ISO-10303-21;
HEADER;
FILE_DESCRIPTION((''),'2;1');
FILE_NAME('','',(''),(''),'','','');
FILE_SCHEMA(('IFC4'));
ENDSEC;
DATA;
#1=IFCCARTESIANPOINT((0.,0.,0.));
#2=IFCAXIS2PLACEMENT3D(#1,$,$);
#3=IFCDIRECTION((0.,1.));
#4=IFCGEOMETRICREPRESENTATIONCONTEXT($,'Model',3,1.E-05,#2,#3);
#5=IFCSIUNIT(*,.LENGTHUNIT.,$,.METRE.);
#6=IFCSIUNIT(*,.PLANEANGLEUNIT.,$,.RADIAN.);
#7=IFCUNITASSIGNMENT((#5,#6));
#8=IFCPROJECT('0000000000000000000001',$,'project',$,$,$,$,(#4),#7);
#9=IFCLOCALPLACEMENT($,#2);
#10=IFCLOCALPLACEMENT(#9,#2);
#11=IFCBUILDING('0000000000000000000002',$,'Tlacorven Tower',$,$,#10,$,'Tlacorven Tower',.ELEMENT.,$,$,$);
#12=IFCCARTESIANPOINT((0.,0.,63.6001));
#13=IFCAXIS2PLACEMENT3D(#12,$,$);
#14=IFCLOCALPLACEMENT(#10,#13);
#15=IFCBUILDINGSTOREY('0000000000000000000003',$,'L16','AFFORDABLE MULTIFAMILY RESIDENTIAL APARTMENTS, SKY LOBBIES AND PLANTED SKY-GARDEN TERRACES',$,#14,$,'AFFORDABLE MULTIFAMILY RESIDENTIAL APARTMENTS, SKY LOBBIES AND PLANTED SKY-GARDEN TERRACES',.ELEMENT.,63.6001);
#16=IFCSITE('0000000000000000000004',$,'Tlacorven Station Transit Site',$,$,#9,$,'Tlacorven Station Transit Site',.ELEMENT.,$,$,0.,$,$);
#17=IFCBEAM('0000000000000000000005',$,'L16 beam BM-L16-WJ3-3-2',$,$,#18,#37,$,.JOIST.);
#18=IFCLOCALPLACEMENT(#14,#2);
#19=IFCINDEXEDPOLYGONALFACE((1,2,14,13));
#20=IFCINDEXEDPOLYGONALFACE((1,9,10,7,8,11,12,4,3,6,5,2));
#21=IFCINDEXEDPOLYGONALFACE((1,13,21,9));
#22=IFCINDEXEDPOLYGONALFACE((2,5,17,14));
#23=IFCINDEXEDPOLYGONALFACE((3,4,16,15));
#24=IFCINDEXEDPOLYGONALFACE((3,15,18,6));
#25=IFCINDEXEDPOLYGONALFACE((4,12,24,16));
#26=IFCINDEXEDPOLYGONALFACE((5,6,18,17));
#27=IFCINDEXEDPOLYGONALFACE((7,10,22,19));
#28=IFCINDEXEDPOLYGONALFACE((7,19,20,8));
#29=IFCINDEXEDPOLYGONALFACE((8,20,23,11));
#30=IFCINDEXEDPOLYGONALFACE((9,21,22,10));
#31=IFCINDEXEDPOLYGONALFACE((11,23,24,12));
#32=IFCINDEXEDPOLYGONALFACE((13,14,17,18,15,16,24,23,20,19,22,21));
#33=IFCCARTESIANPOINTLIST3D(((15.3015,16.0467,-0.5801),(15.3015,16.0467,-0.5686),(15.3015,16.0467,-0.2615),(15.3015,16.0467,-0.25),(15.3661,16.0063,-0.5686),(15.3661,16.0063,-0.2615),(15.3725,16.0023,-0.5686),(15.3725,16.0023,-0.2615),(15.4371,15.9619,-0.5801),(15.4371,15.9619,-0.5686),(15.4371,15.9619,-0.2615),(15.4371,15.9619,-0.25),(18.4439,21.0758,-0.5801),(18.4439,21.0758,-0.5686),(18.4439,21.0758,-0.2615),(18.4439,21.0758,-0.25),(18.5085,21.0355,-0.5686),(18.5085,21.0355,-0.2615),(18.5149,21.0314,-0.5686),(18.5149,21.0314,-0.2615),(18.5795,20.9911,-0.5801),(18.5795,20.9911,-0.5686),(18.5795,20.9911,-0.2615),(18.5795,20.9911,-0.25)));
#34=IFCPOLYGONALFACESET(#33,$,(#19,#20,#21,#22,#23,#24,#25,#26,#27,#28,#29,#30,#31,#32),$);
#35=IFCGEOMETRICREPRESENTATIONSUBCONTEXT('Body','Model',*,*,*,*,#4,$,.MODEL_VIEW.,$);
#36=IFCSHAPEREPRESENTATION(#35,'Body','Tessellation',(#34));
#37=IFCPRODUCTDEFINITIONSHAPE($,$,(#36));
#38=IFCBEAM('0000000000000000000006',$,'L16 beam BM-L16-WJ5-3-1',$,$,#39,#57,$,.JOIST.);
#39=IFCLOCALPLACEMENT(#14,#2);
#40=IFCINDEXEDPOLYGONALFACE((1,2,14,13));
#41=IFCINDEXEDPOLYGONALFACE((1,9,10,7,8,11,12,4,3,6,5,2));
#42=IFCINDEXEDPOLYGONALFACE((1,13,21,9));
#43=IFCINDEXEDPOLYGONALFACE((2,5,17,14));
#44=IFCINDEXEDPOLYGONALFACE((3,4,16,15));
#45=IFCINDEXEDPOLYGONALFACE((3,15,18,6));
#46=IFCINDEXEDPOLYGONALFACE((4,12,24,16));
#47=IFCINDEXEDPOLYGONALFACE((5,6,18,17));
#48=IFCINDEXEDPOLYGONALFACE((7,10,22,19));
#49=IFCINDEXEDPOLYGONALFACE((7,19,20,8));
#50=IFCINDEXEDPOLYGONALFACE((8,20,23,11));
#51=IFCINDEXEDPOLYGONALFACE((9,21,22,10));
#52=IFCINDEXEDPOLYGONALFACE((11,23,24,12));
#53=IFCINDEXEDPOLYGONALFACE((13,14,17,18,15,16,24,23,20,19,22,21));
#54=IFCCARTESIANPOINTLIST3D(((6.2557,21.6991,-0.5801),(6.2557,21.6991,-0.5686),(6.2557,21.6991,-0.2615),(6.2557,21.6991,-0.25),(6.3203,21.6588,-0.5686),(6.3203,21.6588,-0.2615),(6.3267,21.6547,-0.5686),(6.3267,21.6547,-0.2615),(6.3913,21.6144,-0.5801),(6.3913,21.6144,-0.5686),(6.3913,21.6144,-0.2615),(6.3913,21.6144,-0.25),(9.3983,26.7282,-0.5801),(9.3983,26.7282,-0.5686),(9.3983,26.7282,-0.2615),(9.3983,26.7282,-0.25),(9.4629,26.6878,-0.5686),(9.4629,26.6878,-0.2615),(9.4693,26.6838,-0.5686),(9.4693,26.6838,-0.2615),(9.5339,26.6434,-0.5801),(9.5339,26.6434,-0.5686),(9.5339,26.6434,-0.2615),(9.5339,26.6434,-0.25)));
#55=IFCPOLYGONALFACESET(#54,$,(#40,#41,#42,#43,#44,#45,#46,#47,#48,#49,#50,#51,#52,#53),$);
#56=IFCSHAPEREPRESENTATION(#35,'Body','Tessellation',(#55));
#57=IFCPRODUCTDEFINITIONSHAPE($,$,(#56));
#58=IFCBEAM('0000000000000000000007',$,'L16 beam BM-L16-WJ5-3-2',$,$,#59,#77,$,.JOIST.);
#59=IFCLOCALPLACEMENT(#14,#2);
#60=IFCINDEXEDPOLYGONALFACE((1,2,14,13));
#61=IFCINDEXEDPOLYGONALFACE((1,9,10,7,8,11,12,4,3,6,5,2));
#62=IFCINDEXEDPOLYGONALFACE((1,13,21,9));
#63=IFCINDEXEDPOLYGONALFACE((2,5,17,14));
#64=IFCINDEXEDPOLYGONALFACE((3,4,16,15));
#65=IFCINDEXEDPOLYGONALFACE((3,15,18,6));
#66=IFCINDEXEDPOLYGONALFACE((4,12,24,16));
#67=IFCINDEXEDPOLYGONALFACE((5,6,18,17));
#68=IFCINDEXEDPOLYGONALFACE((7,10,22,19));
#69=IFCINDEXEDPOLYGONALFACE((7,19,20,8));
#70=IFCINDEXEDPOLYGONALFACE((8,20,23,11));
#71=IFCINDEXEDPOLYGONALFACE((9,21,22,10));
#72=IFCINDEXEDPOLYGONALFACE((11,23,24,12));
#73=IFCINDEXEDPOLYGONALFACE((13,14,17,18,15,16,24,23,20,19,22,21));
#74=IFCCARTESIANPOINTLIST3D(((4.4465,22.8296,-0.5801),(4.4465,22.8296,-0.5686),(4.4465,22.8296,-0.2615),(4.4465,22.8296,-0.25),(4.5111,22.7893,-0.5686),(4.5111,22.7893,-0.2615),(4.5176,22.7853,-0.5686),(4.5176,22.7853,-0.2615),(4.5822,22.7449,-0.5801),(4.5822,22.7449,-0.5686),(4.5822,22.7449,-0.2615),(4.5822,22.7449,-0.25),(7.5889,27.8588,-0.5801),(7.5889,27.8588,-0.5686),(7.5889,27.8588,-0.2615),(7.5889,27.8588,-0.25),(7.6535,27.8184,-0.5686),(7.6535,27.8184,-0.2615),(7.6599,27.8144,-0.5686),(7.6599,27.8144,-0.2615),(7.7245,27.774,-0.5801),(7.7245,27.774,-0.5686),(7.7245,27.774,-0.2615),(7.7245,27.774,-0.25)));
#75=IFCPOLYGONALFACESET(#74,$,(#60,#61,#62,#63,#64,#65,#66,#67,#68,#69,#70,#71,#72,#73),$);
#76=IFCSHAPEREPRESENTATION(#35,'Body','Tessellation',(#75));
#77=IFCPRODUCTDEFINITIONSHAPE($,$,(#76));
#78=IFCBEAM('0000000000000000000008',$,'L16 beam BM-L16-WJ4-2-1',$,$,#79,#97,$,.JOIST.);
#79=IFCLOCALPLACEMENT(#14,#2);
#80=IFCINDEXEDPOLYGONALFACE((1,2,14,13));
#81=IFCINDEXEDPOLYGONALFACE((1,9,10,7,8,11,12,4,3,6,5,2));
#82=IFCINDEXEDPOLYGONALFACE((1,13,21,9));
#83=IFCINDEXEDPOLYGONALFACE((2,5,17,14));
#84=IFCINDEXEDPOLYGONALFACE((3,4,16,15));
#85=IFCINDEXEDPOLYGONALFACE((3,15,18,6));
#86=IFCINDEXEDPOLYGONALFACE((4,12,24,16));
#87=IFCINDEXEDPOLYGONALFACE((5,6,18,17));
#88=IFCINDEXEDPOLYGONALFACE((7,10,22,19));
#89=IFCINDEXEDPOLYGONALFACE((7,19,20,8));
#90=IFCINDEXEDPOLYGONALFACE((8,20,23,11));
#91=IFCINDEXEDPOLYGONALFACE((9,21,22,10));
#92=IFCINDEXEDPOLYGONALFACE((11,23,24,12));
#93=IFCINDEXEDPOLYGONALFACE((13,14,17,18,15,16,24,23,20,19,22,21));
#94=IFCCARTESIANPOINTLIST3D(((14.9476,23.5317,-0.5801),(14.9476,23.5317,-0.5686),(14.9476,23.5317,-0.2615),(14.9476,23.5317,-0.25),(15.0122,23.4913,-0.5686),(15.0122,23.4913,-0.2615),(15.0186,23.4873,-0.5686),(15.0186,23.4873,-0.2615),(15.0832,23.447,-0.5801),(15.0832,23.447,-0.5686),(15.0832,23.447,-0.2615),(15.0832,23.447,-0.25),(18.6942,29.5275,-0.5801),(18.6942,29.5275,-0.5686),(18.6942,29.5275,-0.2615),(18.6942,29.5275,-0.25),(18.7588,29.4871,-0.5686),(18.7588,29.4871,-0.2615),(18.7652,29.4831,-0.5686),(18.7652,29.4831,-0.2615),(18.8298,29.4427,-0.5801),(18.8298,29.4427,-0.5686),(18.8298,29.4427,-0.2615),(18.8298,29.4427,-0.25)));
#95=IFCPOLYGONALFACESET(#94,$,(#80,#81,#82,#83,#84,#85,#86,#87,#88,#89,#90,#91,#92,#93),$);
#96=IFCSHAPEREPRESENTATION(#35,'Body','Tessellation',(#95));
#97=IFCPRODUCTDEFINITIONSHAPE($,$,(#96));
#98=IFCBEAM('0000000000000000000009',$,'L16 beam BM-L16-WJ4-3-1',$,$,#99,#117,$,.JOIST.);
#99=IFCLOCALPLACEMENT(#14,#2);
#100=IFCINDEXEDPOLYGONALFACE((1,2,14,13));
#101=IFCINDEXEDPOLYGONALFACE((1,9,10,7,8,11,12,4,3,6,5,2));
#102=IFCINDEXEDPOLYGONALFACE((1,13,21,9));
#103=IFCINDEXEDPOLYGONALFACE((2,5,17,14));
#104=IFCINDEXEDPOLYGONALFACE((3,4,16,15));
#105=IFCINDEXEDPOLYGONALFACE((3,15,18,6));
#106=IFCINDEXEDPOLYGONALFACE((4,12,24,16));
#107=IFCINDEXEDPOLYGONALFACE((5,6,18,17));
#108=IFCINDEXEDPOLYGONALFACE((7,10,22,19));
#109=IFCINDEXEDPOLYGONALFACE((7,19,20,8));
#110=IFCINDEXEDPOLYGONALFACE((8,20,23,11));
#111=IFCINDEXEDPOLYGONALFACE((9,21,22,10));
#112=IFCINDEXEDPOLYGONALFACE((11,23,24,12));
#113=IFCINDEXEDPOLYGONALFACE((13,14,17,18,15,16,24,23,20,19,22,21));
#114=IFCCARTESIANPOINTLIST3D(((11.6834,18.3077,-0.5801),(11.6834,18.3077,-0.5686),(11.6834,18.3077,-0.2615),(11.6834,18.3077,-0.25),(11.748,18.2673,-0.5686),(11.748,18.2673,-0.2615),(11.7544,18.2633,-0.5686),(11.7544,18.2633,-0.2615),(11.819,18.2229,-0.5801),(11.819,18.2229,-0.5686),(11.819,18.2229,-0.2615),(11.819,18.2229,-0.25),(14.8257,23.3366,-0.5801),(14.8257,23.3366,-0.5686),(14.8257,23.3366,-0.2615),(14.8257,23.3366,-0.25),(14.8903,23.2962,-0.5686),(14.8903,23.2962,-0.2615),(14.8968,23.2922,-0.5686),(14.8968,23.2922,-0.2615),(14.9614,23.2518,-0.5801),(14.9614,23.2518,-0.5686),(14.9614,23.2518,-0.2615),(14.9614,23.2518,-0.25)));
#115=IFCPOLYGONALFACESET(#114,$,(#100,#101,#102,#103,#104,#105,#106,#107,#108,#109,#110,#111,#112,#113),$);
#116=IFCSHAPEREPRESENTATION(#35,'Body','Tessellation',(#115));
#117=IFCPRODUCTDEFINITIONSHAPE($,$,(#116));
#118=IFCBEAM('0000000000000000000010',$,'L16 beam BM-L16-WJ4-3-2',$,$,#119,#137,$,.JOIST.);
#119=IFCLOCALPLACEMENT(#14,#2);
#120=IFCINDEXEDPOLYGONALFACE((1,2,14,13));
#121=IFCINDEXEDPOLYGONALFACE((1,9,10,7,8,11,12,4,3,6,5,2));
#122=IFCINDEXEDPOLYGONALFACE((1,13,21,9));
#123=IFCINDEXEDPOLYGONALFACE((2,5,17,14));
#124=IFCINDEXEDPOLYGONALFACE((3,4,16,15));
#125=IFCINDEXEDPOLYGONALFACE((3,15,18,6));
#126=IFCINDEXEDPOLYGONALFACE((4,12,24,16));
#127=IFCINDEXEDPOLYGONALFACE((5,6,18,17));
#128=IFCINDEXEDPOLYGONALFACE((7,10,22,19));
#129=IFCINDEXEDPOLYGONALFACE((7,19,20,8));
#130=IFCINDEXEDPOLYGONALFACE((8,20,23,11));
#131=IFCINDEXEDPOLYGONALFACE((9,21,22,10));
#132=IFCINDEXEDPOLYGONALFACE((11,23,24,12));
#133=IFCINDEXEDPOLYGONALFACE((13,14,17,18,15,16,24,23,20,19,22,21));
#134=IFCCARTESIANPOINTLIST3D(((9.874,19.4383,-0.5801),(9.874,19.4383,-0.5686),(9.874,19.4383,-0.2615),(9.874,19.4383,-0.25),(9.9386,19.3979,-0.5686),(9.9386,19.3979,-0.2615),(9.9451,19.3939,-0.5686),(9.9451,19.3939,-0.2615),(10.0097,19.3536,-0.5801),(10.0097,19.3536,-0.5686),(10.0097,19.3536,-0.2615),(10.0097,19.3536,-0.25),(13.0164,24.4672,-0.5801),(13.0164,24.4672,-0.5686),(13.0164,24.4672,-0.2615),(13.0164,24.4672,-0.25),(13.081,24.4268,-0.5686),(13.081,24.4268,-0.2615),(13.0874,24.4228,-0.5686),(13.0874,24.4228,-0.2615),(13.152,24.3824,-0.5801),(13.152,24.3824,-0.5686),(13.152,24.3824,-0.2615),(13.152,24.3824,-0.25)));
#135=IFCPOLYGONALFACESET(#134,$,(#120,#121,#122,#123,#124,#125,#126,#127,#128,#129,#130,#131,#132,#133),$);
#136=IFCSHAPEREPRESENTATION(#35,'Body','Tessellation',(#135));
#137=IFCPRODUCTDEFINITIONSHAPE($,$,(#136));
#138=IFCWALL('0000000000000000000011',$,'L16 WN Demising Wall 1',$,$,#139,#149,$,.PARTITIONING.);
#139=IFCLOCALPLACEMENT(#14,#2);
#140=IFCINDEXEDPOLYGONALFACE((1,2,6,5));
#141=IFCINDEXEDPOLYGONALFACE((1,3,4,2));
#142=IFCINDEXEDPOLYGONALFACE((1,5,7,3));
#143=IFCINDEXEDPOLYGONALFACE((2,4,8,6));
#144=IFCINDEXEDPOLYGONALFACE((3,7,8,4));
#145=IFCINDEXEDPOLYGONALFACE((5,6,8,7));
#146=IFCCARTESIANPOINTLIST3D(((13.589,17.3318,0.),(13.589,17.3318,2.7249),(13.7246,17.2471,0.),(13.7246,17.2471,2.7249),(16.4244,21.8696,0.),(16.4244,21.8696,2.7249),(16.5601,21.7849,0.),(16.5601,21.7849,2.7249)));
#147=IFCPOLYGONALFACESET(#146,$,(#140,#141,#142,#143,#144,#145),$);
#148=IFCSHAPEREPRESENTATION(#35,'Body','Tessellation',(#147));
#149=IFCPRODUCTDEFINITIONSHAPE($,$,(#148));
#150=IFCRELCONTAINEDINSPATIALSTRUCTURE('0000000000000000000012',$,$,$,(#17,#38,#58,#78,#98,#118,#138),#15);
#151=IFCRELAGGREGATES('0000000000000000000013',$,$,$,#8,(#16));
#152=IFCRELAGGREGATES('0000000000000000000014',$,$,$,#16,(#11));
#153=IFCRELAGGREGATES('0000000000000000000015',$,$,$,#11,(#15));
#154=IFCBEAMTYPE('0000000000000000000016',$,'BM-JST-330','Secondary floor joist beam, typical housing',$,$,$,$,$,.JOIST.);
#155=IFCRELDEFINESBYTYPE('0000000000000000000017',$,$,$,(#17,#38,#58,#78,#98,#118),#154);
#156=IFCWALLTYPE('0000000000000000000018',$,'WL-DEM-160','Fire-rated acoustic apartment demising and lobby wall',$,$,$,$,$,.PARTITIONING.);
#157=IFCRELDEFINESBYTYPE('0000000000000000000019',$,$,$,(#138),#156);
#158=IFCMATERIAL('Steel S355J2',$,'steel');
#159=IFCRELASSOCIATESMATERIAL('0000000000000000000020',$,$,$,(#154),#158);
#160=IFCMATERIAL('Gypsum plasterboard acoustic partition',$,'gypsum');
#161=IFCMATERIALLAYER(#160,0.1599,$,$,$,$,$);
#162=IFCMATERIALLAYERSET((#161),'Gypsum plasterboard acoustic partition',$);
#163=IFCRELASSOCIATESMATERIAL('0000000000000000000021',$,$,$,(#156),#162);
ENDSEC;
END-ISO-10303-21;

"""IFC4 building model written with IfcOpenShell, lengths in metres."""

from ifc_helpers import new_model, si_unit, direction, frame, frame_2d, origin, origin_2d, place, context, subcontext, project, spatial, rectangle, i_section, extrude, source, transform, mapped, material, layer, layer_set, material_profile, profile_set, type_object, element, save


model = new_model("IFC4")

# Units and contexts
model_context = context("Model", 3, precision=1e-05, world=origin(), true_north=direction((0.0, 1.0)))
body_context = subcontext(model_context, "Body", "Model", "MODEL_VIEW")
ifc_project = project(units=[si_unit("LENGTHUNIT", "METRE"), si_unit("PLANEANGLEUNIT", "RADIAN")], contexts=[model_context])

# Site, building, storey
site_placement = place(None, origin())
site = spatial("IfcSite", under=ifc_project, at=site_placement, Name="Tlacorven Station Transit Site", LongName="Tlacorven Station Transit Site", CompositionType="ELEMENT", RefElevation=0.0)
building_placement = place(site_placement, origin())
building = spatial("IfcBuilding", under=site, at=building_placement, Name="Tlacorven Tower", LongName="Tlacorven Tower", CompositionType="ELEMENT")
storey_placement = place(building_placement, frame((0.0, 0.0, 63.6001)))
storey = spatial("IfcBuildingStorey", under=building, at=storey_placement, Name="L16", Description="AFFORDABLE MULTIFAMILY RESIDENTIAL APARTMENTS, SKY LOBBIES AND PLANTED SKY-GARDEN TERRACES", LongName="AFFORDABLE MULTIFAMILY RESIDENTIAL APARTMENTS, SKY LOBBIES AND PLANTED SKY-GARDEN TERRACES", CompositionType="ELEMENT", Elevation=63.6001)

# Beams
ifc_material_1 = material(Name="Steel S355J2", Category="steel")
ifc_material_profile_1 = material_profile(ifc_material_1, i_section(OverallWidth=0.1599, OverallDepth=0.3301, WebThickness=0.0076, FlangeThickness=0.0115, at=origin_2d()), Name="IPE 330")
ifc_profile_set_1 = profile_set([ifc_material_profile_1], Name="Steel S355J2")
beam_type_1 = type_object("IfcBeamType", Name="BM-JST-330", Description="Secondary floor joist beam, typical housing", PredefinedType="JOIST", material=ifc_profile_set_1)
shared_shape_1 = source(origin(), body_context, "Body", "SweptSolid", [
    extrude(i_section(OverallWidth=0.1599, OverallDepth=0.3301, WebThickness=0.0076, FlangeThickness=0.0115, at=origin_2d()), origin(), (0.0, 0.0, 1.0), 5.9302),
])
for number, where, z_axis, x_axis, name in (
    (1, (18.5117, 21.0334, -0.415), (-0.529899, -0.848061, 0.0), (0.848061, -0.529899, 0.0), "L16 beam BM-L16-WJ3-3-2"),
    (2, (9.4661, 26.6858, -0.415), (-0.529929, -0.848042, 0.0), (0.848042, -0.529929, 0.0), "L16 beam BM-L16-WJ5-3-1"),
    (3, (7.6567, 27.8164, -0.415), (-0.529899, -0.848061, 0.0), (0.848061, -0.529899, 0.0), "L16 beam BM-L16-WJ5-3-2"),
):
    element("IfcBeam", number, at=place(storey_placement, frame(where, z_axis=z_axis, x_axis=x_axis)), inside=storey, type_object=beam_type_1, Name=name, PredefinedType="JOIST", context=body_context, shape_type="MappedRepresentation", body=[
        mapped(shared_shape_1, transform((0.0, 0.0, 0.0), scale=1.0)),
    ])
shared_shape_2 = source(origin(), body_context, "Body", "SweptSolid", [
    extrude(i_section(OverallWidth=0.1599, OverallDepth=0.3301, WebThickness=0.0076, FlangeThickness=0.0115, at=origin_2d()), origin(), (0.0, 0.0, 1.0), 7.0701),
])
beam_placement = place(storey_placement, frame((18.762, 29.4851, -0.415), z_axis=(-0.529915, -0.848051, 0.0), x_axis=(0.848051, -0.529915, 0.0)))
element("IfcBeam", 4, at=beam_placement, inside=storey, type_object=beam_type_1, Name="L16 beam BM-L16-WJ4-2-1", PredefinedType="JOIST", context=body_context, shape_type="MappedRepresentation", body=[
    mapped(shared_shape_2, transform((0.0, 0.0, 0.0), scale=1.0)),
])
shared_shape_3 = source(origin(), body_context, "Body", "SweptSolid", [
    extrude(i_section(OverallWidth=0.1599, OverallDepth=0.3301, WebThickness=0.0076, FlangeThickness=0.0115, at=origin_2d()), origin(), (0.0, 0.0, 1.0), 5.9299),
])
for number, where, z_axis, x_axis, name in (
    (5, (14.8936, 23.2942, -0.415), (-0.529918, -0.848049, 0.0), (0.848049, -0.529918, 0.0), "L16 beam BM-L16-WJ4-3-1"),
    (6, (13.0842, 24.4248, -0.415), (-0.529918, -0.848049, 0.0), (0.848049, -0.529918, 0.0), "L16 beam BM-L16-WJ4-3-2"),
):
    element("IfcBeam", number, at=place(storey_placement, frame(where, z_axis=z_axis, x_axis=x_axis)), inside=storey, type_object=beam_type_1, Name=name, PredefinedType="JOIST", context=body_context, shape_type="MappedRepresentation", body=[
        mapped(shared_shape_3, transform((0.0, 0.0, 0.0), scale=1.0)),
    ])

# Wall
ifc_material_2 = material(Name="Gypsum plasterboard acoustic partition", Category="gypsum")
ifc_layer_1 = layer(ifc_material_2, 0.1599)
ifc_layer_set_1 = layer_set([ifc_layer_1], Name="Gypsum plasterboard acoustic partition")
wall_type_1 = type_object("IfcWallType", Name="WL-DEM-160", Description="Fire-rated acoustic apartment demising and lobby wall", PredefinedType="PARTITIONING", material=ifc_layer_set_1)
wall_1_placement = place(storey_placement, frame((16.4922, 21.8271, 0.0), z_axis=(0.0, 0.0, 1.0), x_axis=(-0.529905, -0.848057, 0.0)))
element("IfcWall", 7, at=wall_1_placement, inside=storey, type_object=wall_type_1, Name="L16 WN Demising Wall 1", PredefinedType="PARTITIONING", context=body_context, shape_type="SweptSolid", body=[
    extrude(rectangle(XDim=5.3508, YDim=0.1599, at=frame_2d((2.6753, 0.0))), origin(), (0.0, 0.0, 1.0), 2.7249),
])

save(model, "model.ifc")
